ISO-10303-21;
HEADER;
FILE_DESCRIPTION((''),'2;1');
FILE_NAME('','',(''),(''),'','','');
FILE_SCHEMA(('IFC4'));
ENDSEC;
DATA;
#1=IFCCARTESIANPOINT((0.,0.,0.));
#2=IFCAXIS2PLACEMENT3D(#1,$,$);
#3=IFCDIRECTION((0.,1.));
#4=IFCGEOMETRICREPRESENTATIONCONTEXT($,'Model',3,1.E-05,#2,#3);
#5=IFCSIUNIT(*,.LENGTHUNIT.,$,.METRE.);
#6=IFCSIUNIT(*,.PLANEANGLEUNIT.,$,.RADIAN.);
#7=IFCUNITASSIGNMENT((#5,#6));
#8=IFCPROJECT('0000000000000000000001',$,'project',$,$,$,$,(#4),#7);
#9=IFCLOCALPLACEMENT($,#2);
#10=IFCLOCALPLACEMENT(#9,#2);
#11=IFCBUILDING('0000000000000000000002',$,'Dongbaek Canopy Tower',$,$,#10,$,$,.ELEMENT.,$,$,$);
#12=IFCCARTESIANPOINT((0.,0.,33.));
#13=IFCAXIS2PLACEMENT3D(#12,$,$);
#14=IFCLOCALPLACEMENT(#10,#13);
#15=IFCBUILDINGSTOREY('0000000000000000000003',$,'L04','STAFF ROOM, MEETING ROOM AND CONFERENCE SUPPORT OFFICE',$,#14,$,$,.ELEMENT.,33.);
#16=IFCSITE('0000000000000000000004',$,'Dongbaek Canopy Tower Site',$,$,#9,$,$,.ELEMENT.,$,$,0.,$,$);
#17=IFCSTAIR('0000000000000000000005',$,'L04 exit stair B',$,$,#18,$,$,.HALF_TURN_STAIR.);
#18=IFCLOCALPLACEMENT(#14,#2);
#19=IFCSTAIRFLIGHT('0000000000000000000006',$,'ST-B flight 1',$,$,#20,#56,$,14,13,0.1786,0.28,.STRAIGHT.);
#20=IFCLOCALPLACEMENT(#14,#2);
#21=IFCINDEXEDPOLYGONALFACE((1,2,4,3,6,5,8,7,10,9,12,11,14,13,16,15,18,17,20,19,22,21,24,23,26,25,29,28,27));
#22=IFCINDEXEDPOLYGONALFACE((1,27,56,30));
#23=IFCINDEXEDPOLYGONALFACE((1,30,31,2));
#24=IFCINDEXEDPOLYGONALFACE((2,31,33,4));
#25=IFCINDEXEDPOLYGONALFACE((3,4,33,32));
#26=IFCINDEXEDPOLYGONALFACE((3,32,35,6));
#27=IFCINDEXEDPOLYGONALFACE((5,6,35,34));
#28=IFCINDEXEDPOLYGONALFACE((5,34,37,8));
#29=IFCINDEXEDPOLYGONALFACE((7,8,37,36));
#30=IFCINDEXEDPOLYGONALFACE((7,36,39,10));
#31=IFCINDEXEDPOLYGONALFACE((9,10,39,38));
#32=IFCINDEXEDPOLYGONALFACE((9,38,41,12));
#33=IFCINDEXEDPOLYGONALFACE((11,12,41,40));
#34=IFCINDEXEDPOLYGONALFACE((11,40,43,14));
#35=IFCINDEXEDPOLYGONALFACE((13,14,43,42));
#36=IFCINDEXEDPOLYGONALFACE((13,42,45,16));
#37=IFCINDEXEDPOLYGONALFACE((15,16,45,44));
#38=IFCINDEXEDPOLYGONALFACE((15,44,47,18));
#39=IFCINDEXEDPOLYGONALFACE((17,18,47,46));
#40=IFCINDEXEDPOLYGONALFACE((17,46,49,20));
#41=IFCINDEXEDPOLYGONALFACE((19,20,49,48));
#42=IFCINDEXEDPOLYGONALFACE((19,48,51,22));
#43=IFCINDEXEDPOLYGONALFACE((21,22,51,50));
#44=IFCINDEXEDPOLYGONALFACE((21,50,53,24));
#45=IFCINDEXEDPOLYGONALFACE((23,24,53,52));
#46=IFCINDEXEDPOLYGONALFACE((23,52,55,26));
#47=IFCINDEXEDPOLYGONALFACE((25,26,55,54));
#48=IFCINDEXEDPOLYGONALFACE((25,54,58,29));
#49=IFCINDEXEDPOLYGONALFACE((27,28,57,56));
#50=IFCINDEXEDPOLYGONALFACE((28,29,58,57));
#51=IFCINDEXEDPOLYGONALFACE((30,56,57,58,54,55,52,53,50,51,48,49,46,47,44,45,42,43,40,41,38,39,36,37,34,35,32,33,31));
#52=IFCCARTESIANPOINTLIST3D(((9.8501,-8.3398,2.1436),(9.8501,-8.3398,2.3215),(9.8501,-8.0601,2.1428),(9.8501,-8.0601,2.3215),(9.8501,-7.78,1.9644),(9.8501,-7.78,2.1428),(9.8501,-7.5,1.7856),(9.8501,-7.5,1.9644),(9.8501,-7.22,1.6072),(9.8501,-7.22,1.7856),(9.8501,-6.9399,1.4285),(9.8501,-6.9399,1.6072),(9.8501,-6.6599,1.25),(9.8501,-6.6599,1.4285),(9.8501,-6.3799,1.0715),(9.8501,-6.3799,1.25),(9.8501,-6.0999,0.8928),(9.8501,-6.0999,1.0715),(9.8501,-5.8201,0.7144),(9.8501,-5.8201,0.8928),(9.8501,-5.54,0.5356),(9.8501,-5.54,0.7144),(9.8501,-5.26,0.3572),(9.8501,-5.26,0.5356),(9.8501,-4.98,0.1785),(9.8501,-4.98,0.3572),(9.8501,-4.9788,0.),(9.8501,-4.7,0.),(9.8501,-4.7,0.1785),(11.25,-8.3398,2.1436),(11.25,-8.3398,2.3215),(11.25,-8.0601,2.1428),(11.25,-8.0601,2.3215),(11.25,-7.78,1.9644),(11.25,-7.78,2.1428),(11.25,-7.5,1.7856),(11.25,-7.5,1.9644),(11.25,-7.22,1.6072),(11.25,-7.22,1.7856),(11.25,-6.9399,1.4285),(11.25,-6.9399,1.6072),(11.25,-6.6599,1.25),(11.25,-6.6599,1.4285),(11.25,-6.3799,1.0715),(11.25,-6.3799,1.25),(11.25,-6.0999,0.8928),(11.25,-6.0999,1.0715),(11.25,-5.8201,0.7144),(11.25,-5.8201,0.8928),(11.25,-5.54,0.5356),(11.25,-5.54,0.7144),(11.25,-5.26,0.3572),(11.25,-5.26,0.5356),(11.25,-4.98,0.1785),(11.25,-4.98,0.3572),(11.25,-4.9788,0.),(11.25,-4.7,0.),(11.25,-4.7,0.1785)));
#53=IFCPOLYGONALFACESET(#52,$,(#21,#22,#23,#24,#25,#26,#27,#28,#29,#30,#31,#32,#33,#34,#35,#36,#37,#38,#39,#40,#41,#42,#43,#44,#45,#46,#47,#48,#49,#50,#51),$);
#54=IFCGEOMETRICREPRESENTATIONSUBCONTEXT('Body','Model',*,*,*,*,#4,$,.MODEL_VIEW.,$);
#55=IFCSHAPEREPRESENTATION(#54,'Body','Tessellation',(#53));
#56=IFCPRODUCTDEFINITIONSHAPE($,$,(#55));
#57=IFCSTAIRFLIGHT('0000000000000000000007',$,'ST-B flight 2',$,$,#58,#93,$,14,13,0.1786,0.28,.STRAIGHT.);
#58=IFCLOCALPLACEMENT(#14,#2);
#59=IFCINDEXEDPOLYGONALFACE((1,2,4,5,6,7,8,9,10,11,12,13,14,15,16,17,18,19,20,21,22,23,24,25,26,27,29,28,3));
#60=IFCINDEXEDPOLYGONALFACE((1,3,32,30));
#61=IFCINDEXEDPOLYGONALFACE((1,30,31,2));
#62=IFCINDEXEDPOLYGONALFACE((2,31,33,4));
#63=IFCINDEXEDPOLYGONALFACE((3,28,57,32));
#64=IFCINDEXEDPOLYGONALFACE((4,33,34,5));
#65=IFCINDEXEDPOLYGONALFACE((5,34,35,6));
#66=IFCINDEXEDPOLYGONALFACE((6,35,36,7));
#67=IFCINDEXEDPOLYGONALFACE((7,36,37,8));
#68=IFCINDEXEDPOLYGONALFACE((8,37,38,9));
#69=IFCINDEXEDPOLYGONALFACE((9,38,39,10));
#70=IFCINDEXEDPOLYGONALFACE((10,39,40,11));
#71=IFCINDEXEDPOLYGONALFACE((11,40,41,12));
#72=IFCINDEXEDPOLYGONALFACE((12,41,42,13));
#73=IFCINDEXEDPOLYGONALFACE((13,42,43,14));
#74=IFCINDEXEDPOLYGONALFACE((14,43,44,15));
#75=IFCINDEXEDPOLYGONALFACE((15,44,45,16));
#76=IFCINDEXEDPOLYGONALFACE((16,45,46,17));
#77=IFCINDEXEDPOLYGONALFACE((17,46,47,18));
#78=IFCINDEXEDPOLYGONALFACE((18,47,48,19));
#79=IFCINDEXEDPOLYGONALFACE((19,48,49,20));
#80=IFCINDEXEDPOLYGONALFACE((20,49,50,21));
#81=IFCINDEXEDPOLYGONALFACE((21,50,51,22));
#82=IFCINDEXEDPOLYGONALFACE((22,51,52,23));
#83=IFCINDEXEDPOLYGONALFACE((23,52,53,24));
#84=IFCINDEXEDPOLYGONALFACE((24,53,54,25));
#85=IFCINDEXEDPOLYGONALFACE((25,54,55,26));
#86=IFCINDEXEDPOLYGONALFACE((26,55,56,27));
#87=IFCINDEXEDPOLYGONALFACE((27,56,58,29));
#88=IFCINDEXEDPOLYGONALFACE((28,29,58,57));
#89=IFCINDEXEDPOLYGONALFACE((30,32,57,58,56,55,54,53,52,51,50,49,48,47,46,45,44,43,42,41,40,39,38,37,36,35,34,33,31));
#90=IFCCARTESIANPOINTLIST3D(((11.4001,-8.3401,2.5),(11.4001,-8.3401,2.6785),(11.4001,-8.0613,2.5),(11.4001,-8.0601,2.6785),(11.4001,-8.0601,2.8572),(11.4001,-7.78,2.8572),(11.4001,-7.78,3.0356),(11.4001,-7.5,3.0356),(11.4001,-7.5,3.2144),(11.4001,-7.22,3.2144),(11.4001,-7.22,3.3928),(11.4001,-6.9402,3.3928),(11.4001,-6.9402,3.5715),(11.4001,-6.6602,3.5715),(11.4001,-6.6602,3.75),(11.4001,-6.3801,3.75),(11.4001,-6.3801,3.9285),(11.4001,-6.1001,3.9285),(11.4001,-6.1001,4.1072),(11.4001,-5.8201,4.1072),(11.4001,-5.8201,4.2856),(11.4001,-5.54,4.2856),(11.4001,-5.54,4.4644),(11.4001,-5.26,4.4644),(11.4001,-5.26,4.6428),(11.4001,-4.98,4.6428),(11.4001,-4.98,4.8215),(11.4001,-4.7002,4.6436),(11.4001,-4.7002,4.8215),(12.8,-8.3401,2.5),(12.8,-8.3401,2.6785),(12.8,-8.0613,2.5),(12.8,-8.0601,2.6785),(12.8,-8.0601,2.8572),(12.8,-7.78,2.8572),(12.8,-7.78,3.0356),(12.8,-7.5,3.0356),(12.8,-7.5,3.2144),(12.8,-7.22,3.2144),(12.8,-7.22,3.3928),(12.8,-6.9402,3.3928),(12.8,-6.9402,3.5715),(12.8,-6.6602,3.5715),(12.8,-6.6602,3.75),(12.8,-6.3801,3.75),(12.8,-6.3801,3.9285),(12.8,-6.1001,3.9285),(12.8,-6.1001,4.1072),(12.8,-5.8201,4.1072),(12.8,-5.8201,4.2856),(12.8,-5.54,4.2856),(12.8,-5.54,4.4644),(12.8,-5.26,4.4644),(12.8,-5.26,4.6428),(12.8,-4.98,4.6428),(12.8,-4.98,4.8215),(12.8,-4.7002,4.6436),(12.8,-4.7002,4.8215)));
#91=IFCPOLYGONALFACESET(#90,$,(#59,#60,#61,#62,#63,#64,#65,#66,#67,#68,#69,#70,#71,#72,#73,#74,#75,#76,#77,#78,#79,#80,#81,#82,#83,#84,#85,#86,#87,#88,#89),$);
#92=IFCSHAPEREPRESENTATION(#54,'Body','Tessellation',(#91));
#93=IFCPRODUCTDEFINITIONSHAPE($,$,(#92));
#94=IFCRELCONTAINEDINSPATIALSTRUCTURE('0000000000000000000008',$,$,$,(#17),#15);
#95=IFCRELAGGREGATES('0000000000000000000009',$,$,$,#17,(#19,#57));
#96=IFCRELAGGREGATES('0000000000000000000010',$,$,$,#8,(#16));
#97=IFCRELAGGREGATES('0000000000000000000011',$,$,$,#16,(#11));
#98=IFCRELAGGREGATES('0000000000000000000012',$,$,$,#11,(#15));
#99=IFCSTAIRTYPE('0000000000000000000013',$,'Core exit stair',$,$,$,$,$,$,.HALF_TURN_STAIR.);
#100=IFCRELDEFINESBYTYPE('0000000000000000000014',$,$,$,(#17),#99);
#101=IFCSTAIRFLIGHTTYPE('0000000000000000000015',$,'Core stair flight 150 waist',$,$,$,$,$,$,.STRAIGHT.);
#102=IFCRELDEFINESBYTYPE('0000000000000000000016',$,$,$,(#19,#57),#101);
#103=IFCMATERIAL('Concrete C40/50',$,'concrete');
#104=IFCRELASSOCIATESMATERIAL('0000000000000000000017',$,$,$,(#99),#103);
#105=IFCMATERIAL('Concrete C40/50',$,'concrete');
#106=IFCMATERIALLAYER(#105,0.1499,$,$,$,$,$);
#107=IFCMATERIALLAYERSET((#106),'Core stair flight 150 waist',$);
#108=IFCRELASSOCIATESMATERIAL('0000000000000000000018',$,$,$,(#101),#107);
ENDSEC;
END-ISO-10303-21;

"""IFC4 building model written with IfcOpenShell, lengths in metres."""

from ifc_helpers import new_model, si_unit, direction, frame, origin, place, context, subcontext, project, spatial, polyline, outline, extrude, material, layer, layer_set, type_object, element, aggregate, save


model = new_model("IFC4")

# Units and contexts
model_context = context("Model", 3, precision=1e-05, world=origin(), true_north=direction((0.0, 1.0)))
body_context = subcontext(model_context, "Body", "Model", "MODEL_VIEW")
ifc_project = project(units=[si_unit("LENGTHUNIT", "METRE"), si_unit("PLANEANGLEUNIT", "RADIAN")], contexts=[model_context])

# Site, building, storey
site_placement = place(None, origin())
site = spatial("IfcSite", under=ifc_project, at=site_placement, Name="Dongbaek Canopy Tower Site", CompositionType="ELEMENT", RefElevation=0.0)
building_placement = place(site_placement, origin())
building = spatial("IfcBuilding", under=site, at=building_placement, Name="Dongbaek Canopy Tower", CompositionType="ELEMENT")
storey_placement = place(building_placement, frame((0.0, 0.0, 33.0)))
storey = spatial("IfcBuildingStorey", under=building, at=storey_placement, Name="L04", Description="STAFF ROOM, MEETING ROOM AND CONFERENCE SUPPORT OFFICE", CompositionType="ELEMENT", Elevation=33.0)

# Stair, stair flights
ifc_material_1 = material(Name="Concrete C40/50", Category="concrete")
stair_type = type_object("IfcStairType", Name="Core exit stair", PredefinedType="HALF_TURN_STAIR", material=ifc_material_1)
stair_placement = place(storey_placement, origin())
stair = element("IfcStair", 1, at=stair_placement, inside=storey, type_object=stair_type, Name="L04 exit stair B", PredefinedType="HALF_TURN_STAIR")
ifc_material_2 = material(Name="Concrete C40/50", Category="concrete")
ifc_layer_1 = layer(ifc_material_2, 0.1499)
ifc_layer_set_1 = layer_set([ifc_layer_1], Name="Core stair flight 150 waist")
stair_flight_type = type_object("IfcStairFlightType", Name="Core stair flight 150 waist", PredefinedType="STRAIGHT", material=ifc_layer_set_1)
stair_flight_1_placement = place(storey_placement, frame((10.55, -4.7, 0.0), z_axis=(0.0, 0.0, 1.0), x_axis=(0.0, -1.0, 0.0)))
stair_flight_1 = element("IfcStairFlight", 2, at=stair_flight_1_placement, type_object=stair_flight_type, Name="ST-B flight 1", NumberOfRisers=14, NumberOfTreads=13, PredefinedType="STRAIGHT", RiserHeight=0.1786, TreadLength=0.28, context=body_context, shape_type="SweptSolid", body=[
    extrude(outline(polyline([(0.0, 0.0), (0.0, 0.1785), (0.28, 0.1785), (0.28, 0.3572), (0.5601, 0.3572), (0.5601, 0.5356), (0.8401, 0.5356), (0.8401, 0.7144), (1.1201, 0.7144), (1.1201, 0.8928), (1.3999, 0.8928), (1.3999, 1.0715), (1.6799, 1.0715), (1.6799, 1.25), (1.96, 1.25), (1.96, 1.4285), (2.24, 1.4285), (2.24, 1.6072), (2.52, 1.6072), (2.52, 1.7856), (2.8, 1.7856), (2.8, 1.9644), (3.0801, 1.9644), (3.0801, 2.1428), (3.3601, 2.1428), (3.3601, 2.3215), (3.6399, 2.3215), (3.6399, 2.5), (3.6399, 2.1436), (0.2788, 0.0), (0.0, 0.0)])), frame((0.0, 0.7, 0.0), z_axis=(0.0, -1.0, 0.0), x_axis=(1.0, 0.0, 0.0)), (0.0, 0.0, 1.0), 1.3999),
])
stair_flight_2_placement = place(storey_placement, frame((12.1001, -8.3401, 2.5), z_axis=(0.0, 0.0, 1.0), x_axis=(0.0, 1.0, 0.0)))
stair_flight_2 = element("IfcStairFlight", 3, at=stair_flight_2_placement, type_object=stair_flight_type, Name="ST-B flight 2", NumberOfRisers=14, NumberOfTreads=13, PredefinedType="STRAIGHT", RiserHeight=0.1786, TreadLength=0.28, context=body_context, shape_type="SweptSolid", body=[
    extrude(outline(polyline([(0.0, 0.0), (0.0, 0.1785), (0.28, 0.1785), (0.28, 0.3572), (0.5601, 0.3572), (0.5601, 0.5356), (0.8401, 0.5356), (0.8401, 0.7144), (1.1201, 0.7144), (1.1201, 0.8928), (1.3999, 0.8928), (1.3999, 1.0715), (1.6799, 1.0715), (1.6799, 1.25), (1.96, 1.25), (1.96, 1.4285), (2.24, 1.4285), (2.24, 1.6072), (2.52, 1.6072), (2.52, 1.7856), (2.8, 1.7856), (2.8, 1.9644), (3.0801, 1.9644), (3.0801, 2.1428), (3.3601, 2.1428), (3.3601, 2.3215), (3.6399, 2.3215), (3.6399, 2.5), (3.6399, 2.1436), (0.2788, 0.0), (0.0, 0.0)])), frame((0.0, 0.7, 0.0), z_axis=(0.0, -1.0, 0.0), x_axis=(1.0, 0.0, 0.0)), (0.0, 0.0, 1.0), 1.3999),
])
aggregate(stair, [stair_flight_1, stair_flight_2])

save(model, "model.ifc")
